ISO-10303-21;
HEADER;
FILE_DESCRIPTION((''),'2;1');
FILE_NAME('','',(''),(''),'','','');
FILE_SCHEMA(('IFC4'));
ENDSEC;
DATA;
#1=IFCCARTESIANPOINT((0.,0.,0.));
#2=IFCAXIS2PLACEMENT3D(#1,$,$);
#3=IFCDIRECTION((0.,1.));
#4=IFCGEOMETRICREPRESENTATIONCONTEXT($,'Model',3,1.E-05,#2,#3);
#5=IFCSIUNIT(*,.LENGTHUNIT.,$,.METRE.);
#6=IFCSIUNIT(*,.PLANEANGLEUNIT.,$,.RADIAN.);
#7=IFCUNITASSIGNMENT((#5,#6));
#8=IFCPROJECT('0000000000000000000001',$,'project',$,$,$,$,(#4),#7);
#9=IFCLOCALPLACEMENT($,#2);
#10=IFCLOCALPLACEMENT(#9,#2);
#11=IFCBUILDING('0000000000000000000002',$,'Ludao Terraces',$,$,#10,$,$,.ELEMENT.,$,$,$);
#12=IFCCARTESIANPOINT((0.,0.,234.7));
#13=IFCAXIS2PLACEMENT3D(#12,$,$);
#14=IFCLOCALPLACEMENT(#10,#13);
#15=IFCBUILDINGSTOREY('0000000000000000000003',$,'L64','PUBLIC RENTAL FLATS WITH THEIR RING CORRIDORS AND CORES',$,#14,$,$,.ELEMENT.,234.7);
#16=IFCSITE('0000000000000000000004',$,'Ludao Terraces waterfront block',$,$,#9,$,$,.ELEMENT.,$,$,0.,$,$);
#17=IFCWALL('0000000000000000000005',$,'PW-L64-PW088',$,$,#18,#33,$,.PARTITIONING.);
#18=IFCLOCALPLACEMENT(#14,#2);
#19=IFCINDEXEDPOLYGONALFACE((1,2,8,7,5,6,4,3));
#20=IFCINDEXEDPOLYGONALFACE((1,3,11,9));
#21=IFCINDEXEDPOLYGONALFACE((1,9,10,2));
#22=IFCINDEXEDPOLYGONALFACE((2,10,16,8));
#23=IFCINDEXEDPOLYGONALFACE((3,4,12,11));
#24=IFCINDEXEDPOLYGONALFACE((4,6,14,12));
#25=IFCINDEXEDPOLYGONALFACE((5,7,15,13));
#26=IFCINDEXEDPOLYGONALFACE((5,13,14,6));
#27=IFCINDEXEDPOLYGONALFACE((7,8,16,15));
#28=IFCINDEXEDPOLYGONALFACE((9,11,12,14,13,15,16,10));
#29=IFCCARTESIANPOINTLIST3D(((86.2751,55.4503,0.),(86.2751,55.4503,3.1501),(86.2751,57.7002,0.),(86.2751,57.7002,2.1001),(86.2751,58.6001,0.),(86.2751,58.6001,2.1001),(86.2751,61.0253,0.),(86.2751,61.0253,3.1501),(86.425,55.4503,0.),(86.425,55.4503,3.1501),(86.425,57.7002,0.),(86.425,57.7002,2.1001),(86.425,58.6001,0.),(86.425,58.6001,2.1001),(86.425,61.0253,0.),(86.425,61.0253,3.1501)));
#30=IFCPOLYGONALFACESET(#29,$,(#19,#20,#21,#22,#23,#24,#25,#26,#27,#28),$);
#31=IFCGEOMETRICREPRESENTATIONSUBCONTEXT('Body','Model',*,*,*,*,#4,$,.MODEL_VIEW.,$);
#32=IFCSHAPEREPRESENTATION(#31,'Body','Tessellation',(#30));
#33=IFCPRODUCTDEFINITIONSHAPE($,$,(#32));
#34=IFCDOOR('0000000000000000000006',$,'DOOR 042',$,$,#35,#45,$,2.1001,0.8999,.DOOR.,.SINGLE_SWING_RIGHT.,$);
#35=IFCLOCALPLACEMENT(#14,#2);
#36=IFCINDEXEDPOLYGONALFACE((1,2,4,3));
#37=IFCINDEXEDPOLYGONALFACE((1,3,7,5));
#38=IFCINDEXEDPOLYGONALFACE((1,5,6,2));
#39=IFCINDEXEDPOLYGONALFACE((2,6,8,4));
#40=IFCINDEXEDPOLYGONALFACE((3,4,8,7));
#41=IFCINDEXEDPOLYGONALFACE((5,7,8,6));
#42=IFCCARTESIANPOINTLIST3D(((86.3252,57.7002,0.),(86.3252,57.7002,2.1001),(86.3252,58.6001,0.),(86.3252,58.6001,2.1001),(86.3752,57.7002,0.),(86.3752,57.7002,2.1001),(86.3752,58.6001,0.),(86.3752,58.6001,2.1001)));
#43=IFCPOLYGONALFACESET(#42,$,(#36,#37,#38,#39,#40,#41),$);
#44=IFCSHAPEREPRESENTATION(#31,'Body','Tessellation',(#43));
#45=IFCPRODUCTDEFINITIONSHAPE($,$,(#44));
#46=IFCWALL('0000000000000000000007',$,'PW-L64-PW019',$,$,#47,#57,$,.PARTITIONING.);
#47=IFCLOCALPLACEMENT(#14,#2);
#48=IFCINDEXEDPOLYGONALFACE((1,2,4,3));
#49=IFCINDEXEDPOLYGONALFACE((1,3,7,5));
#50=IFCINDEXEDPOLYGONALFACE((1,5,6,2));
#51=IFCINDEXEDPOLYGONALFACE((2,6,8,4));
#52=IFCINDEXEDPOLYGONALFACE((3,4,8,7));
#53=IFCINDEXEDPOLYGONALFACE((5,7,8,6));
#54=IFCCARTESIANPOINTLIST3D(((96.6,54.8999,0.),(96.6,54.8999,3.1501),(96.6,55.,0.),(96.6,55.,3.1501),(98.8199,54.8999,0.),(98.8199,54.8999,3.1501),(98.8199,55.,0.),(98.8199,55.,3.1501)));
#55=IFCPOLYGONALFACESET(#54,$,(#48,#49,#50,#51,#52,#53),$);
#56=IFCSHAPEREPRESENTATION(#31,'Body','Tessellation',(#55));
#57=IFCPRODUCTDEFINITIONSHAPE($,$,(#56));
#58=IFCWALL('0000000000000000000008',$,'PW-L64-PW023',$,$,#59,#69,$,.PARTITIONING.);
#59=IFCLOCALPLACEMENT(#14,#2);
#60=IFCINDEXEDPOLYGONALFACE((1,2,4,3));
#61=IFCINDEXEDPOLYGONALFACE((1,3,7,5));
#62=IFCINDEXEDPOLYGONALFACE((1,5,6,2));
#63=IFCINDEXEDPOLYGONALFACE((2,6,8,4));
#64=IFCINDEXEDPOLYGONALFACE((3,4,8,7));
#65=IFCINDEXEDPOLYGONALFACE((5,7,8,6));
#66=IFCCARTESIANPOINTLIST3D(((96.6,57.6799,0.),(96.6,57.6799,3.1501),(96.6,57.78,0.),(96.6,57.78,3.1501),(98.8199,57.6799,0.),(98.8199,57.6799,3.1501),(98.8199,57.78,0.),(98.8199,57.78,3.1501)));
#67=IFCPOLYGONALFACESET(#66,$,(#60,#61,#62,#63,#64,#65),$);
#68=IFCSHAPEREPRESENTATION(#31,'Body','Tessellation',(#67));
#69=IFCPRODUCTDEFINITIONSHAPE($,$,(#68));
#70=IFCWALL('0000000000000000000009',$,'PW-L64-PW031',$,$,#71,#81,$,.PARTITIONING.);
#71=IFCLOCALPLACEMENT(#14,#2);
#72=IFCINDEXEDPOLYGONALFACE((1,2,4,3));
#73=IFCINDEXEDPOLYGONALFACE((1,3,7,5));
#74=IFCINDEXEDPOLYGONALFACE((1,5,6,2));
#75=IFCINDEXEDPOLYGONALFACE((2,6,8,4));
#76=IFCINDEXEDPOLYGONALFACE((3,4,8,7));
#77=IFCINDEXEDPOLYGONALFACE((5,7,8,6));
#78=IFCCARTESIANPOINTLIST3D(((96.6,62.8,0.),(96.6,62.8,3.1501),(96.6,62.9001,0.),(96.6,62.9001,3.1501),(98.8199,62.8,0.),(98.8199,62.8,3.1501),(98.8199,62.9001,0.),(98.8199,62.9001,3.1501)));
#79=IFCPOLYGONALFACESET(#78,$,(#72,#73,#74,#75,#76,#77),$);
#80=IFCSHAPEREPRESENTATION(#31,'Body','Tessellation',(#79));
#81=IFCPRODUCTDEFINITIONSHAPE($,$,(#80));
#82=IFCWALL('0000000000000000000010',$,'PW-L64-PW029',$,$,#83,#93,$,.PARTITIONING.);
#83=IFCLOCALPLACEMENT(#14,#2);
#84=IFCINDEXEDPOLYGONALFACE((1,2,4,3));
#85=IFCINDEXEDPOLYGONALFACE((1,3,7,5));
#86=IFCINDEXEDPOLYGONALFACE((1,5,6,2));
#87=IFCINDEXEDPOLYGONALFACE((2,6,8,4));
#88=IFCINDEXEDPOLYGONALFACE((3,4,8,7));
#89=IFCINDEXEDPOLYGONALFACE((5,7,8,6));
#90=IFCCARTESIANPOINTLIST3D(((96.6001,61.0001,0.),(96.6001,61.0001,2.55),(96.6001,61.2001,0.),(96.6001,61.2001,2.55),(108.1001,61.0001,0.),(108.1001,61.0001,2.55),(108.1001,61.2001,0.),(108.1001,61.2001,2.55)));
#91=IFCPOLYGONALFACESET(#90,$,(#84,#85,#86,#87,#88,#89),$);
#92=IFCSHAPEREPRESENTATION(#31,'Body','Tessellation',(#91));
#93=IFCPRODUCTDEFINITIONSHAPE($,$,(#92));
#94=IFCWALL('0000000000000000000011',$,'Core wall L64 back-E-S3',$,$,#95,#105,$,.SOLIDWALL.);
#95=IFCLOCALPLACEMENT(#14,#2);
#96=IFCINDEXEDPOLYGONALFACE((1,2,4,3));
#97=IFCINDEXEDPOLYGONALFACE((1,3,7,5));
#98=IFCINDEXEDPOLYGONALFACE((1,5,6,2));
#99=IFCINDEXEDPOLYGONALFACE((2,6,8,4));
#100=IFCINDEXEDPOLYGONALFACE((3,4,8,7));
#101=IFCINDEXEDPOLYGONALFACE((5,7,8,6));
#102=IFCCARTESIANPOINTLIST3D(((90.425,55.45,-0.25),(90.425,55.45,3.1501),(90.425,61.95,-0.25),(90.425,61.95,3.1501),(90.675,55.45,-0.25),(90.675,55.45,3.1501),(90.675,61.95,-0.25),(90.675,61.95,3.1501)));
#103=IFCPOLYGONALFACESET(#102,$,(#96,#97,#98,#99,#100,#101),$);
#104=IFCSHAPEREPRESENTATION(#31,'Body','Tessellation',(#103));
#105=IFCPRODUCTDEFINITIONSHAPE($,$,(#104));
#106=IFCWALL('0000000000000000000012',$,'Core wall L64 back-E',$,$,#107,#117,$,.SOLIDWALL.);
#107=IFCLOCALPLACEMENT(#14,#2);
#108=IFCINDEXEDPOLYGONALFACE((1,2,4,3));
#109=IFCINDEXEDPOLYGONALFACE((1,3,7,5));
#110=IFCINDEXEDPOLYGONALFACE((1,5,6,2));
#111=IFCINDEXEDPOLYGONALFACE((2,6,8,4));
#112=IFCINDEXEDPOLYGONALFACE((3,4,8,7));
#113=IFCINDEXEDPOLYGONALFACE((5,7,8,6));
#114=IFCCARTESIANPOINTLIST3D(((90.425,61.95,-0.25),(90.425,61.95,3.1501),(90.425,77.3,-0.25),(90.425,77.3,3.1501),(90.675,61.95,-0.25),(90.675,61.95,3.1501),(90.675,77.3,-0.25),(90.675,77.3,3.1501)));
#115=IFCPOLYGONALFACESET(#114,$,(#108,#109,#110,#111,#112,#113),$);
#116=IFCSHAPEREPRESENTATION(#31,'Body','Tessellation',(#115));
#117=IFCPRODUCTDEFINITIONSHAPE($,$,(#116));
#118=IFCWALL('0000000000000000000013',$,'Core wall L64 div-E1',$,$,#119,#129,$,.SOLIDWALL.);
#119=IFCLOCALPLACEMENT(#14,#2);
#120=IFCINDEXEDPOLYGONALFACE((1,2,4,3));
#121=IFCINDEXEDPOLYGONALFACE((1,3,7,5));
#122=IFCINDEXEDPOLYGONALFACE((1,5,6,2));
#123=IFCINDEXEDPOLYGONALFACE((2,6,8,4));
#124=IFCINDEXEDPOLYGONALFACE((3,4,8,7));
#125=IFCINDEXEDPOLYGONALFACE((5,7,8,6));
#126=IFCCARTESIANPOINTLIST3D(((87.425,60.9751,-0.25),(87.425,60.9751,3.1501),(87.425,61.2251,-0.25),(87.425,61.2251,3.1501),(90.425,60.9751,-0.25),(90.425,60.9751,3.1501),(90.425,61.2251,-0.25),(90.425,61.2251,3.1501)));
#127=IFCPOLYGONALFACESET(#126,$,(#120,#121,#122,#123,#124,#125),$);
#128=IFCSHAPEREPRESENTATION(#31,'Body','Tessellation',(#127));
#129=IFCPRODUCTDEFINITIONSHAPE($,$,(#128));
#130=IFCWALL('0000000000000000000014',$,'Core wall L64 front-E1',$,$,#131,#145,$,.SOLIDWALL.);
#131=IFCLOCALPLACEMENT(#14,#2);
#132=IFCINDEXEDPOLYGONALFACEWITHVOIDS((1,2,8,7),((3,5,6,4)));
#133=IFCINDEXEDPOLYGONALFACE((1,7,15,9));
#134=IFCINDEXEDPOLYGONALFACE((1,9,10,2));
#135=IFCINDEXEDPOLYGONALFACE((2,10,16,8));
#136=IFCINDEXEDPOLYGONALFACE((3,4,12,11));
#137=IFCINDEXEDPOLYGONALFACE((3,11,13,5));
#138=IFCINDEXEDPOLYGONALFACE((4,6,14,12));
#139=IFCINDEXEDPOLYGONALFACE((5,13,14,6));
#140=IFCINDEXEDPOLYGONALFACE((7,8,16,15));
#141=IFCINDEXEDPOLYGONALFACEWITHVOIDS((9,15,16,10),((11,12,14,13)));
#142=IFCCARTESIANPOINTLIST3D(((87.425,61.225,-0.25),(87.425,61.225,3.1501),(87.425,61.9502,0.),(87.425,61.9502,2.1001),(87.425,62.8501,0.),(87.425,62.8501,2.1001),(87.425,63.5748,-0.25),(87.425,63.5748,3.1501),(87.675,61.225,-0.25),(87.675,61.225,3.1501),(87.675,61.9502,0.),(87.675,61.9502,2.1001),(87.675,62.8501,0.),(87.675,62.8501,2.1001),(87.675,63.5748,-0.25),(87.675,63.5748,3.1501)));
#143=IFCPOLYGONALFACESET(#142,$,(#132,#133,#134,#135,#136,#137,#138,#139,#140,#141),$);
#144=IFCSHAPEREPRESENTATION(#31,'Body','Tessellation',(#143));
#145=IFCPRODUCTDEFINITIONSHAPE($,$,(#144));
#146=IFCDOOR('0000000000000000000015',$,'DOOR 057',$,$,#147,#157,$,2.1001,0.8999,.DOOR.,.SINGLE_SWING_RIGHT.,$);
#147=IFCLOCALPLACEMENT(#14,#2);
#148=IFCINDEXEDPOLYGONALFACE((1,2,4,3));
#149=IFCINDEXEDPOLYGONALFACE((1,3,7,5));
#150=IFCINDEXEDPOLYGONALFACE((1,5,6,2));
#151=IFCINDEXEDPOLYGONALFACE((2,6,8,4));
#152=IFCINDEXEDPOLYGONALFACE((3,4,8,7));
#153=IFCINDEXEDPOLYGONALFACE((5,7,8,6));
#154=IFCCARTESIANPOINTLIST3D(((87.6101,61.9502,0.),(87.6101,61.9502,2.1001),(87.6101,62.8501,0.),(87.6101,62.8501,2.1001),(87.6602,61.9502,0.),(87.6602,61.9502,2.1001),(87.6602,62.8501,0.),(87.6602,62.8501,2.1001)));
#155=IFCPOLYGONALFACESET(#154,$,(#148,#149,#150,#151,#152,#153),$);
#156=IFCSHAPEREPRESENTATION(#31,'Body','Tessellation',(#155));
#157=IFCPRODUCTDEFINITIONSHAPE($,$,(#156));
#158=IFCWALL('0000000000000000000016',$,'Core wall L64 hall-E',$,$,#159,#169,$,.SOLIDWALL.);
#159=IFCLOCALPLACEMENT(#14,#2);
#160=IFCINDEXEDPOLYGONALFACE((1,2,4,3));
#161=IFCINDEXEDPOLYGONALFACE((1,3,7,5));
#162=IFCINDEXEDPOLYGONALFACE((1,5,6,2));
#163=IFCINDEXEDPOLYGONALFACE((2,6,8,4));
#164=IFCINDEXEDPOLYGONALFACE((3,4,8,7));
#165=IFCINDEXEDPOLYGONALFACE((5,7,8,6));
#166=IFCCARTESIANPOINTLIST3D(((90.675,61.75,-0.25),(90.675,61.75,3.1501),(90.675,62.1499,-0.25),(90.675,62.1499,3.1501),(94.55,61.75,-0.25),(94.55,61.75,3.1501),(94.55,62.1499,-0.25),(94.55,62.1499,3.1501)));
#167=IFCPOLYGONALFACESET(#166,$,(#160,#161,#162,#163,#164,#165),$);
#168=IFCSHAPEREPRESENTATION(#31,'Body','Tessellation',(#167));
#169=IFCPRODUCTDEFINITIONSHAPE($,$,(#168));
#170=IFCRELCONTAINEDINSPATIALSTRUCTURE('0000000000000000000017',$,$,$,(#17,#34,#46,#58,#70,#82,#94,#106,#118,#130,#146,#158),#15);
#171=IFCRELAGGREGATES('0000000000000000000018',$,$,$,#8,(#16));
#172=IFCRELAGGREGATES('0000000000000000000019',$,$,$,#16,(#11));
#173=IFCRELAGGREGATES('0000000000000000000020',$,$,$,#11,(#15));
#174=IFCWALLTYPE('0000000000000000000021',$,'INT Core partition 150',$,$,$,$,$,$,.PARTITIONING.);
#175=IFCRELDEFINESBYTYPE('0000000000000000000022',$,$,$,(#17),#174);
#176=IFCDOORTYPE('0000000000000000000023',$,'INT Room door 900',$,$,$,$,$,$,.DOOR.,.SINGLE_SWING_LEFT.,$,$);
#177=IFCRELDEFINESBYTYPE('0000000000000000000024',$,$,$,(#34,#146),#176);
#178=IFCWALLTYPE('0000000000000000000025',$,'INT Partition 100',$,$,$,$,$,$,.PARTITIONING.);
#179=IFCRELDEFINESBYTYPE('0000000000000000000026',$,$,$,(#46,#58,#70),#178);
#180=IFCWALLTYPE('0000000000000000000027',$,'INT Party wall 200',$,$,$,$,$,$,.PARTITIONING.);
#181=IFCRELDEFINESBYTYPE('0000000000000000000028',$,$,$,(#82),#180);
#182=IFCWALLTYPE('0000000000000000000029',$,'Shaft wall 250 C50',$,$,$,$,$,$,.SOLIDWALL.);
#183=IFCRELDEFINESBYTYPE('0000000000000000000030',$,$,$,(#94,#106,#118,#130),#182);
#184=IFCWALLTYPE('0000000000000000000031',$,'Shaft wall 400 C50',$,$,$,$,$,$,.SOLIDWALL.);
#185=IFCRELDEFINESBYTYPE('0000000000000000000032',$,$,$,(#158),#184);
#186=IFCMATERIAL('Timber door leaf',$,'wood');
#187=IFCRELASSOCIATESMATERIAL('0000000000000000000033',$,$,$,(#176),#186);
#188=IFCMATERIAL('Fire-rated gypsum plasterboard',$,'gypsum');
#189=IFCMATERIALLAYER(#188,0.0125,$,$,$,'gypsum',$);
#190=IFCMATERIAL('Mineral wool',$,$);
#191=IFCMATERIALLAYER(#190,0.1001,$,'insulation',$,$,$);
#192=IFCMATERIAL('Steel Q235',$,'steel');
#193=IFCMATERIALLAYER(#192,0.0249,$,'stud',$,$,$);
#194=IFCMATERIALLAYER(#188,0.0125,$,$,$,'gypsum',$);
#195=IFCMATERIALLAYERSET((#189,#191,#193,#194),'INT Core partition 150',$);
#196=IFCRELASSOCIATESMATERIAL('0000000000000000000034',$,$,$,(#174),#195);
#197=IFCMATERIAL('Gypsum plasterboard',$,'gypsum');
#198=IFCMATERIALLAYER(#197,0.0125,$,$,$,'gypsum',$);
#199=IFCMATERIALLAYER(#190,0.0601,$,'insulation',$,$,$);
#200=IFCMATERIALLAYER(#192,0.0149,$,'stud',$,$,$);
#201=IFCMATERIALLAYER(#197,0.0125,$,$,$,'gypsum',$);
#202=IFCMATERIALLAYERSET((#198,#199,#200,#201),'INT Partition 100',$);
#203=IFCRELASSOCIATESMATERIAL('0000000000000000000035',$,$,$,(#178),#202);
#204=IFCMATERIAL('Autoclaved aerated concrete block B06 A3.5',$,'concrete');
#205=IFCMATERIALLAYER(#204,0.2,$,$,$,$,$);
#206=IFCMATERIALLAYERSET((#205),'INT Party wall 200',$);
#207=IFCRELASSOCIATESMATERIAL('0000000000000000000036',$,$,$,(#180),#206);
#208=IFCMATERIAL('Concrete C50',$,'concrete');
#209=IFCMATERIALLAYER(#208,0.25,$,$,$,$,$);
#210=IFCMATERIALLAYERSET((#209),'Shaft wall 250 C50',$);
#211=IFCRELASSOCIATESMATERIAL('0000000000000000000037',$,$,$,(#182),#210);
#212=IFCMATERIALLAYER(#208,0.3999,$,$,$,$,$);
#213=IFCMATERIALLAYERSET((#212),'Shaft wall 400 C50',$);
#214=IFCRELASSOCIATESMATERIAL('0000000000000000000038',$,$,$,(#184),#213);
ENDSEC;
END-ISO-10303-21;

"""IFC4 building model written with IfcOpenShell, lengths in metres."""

from ifc_helpers import new_model, si_unit, direction, frame, frame_2d, origin, place, context, subcontext, project, spatial, rectangle, extrude, material, layer, layer_set, type_object, element, fill, save


model = new_model("IFC4")

# Units and contexts
model_context = context("Model", 3, precision=1e-05, world=origin(), true_north=direction((0.0, 1.0)))
body_context = subcontext(model_context, "Body", "Model", "MODEL_VIEW")
ifc_project = project(units=[si_unit("LENGTHUNIT", "METRE"), si_unit("PLANEANGLEUNIT", "RADIAN")], contexts=[model_context])

# Site, building, storey
site_placement = place(None, origin())
site = spatial("IfcSite", under=ifc_project, at=site_placement, Name="Ludao Terraces waterfront block", CompositionType="ELEMENT", RefElevation=0.0)
building_placement = place(site_placement, origin())
building = spatial("IfcBuilding", under=site, at=building_placement, Name="Ludao Terraces", CompositionType="ELEMENT")
storey_placement = place(building_placement, frame((0.0, 0.0, 234.7)))
storey = spatial("IfcBuildingStorey", under=building, at=storey_placement, Name="L64", Description="PUBLIC RENTAL FLATS WITH THEIR RING CORRIDORS AND CORES", CompositionType="ELEMENT", Elevation=234.7)

# Shared definitions
ifc_material_1 = material(Name="Concrete C50", Category="concrete")
ifc_material_2 = material(Name="Steel Q235", Category="steel")

# Shared definitions
ifc_material_3 = material(Name="Timber door leaf", Category="wood")
door_type_1 = type_object("IfcDoorType", Name="INT Room door 900", OperationType="SINGLE_SWING_LEFT", PredefinedType="DOOR", material=ifc_material_3)

# Wall, opening, door
ifc_material_4 = material(Name="Fire-rated gypsum plasterboard", Category="gypsum")
ifc_layer_1 = layer(ifc_material_4, 0.0125, Category="gypsum")
ifc_material_5 = material(Name="Mineral wool")
ifc_layer_2 = layer(ifc_material_5, 0.1001, Name="insulation")
ifc_layer_3 = layer(ifc_material_2, 0.0249, Name="stud")
ifc_layer_4 = layer(ifc_material_4, 0.0125, Category="gypsum")
ifc_layer_set_1 = layer_set([ifc_layer_1, ifc_layer_2, ifc_layer_3, ifc_layer_4], Name="INT Core partition 150")
wall_type_1 = type_object("IfcWallType", Name="INT Core partition 150", PredefinedType="PARTITIONING", material=ifc_layer_set_1)
wall_1_placement = place(storey_placement, frame((86.3501, 55.4502, 0.0), z_axis=(0.0, 0.0, 1.0), x_axis=(0.0, 1.0, 0.0)))
wall_1 = element("IfcWall", 1, at=wall_1_placement, inside=storey, type_object=wall_type_1, Name="PW-L64-PW088", PredefinedType="PARTITIONING", context=body_context, shape_type="SweptSolid", body=[
    extrude(rectangle(XDim=5.575, YDim=0.1499, at=frame_2d((2.7876, 0.0))), origin(), (0.0, 0.0, 1.0), 3.1501),
])
opening_1_placement = place(wall_1_placement, frame((2.25, 0.0, 0.0)))
opening_1 = element("IfcOpeningElement", 2, at=opening_1_placement, cuts=wall_1, PredefinedType="OPENING", context=body_context, shape_type="SweptSolid", body=[
    extrude(rectangle(XDim=0.8999, YDim=2.1001, at=frame_2d((0.45, 1.05))), frame((0.0, 0.085, 0.0), z_axis=(0.0, -1.0, 0.0), x_axis=(1.0, 0.0, 0.0)), (0.0, 0.0, 1.0), 0.1699),
])
door_1_placement = place(opening_1_placement, origin())
door_1 = element("IfcDoor", 3, at=door_1_placement, inside=storey, type_object=door_type_1, Name="DOOR 042", OperationType="SINGLE_SWING_RIGHT", OverallHeight=2.1001, OverallWidth=0.8999, PredefinedType="DOOR", context=body_context, shape_type="SweptSolid", body=[
    extrude(rectangle(XDim=0.8999, YDim=2.1001, at=frame_2d((0.45, 1.05))), frame((0.0, 0.0249, 0.0), z_axis=(0.0, -1.0, 0.0), x_axis=(1.0, 0.0, 0.0)), (0.0, 0.0, 1.0), 0.05),
])
fill(opening_1, door_1)

# Walls
ifc_material_6 = material(Name="Gypsum plasterboard", Category="gypsum")
ifc_layer_5 = layer(ifc_material_6, 0.0125, Category="gypsum")
ifc_layer_6 = layer(ifc_material_5, 0.0601, Name="insulation")
ifc_layer_7 = layer(ifc_material_2, 0.0149, Name="stud")
ifc_layer_8 = layer(ifc_material_6, 0.0125, Category="gypsum")
ifc_layer_set_2 = layer_set([ifc_layer_5, ifc_layer_6, ifc_layer_7, ifc_layer_8], Name="INT Partition 100")
wall_type_2 = type_object("IfcWallType", Name="INT Partition 100", PredefinedType="PARTITIONING", material=ifc_layer_set_2)
for number, where, z_axis, x_axis, name in (
    (4, (96.6001, 54.95, 0.0), (0.0, 0.0, 1.0), (1.0, 0.0, 0.0), "PW-L64-PW019"),
    (5, (96.6001, 57.73, 0.0), (0.0, 0.0, 1.0), (1.0, 0.0, 0.0), "PW-L64-PW023"),
    (6, (96.6001, 62.8501, 0.0), (0.0, 0.0, 1.0), (1.0, 0.0, 0.0), "PW-L64-PW031"),
):
    element("IfcWall", number, at=place(storey_placement, frame(where, z_axis=z_axis, x_axis=x_axis)), inside=storey, type_object=wall_type_2, Name=name, PredefinedType="PARTITIONING", context=body_context, shape_type="SweptSolid", body=[
        extrude(rectangle(XDim=2.22, YDim=0.1001, at=frame_2d((1.1099, 0.0))), origin(), (0.0, 0.0, 1.0), 3.1501),
    ])
ifc_material_7 = material(Name="Autoclaved aerated concrete block B06 A3.5", Category="concrete")
ifc_layer_9 = layer(ifc_material_7, 0.2)
ifc_layer_set_3 = layer_set([ifc_layer_9], Name="INT Party wall 200")
wall_type_3 = type_object("IfcWallType", Name="INT Party wall 200", PredefinedType="PARTITIONING", material=ifc_layer_set_3)
wall_2_placement = place(storey_placement, frame((96.6001, 61.1001, 0.0), z_axis=(0.0, 0.0, 1.0), x_axis=(1.0, 0.0, 0.0)))
element("IfcWall", 7, at=wall_2_placement, inside=storey, type_object=wall_type_3, Name="PW-L64-PW029", PredefinedType="PARTITIONING", context=body_context, shape_type="SweptSolid", body=[
    extrude(rectangle(XDim=11.5, YDim=0.2, at=frame_2d((5.75, 0.0))), origin(), (0.0, 0.0, 1.0), 2.55),
])
ifc_layer_10 = layer(ifc_material_1, 0.25)
ifc_layer_set_4 = layer_set([ifc_layer_10], Name="Shaft wall 250 C50")
wall_type_4 = type_object("IfcWallType", Name="Shaft wall 250 C50", PredefinedType="SOLIDWALL", material=ifc_layer_set_4)
wall_3_placement = place(storey_placement, frame((90.55, 55.45, -0.25), z_axis=(0.0, 0.0, 1.0), x_axis=(0.0, 1.0, 0.0)))
element("IfcWall", 8, at=wall_3_placement, inside=storey, type_object=wall_type_4, Name="Core wall L64 back-E-S3", PredefinedType="SOLIDWALL", context=body_context, shape_type="SweptSolid", body=[
    extrude(rectangle(XDim=6.5, YDim=0.25, at=frame_2d((3.25, 0.0))), origin(), (0.0, 0.0, 1.0), 3.4001),
])
wall_4_placement = place(storey_placement, frame((90.55, 61.95, -0.25), z_axis=(0.0, 0.0, 1.0), x_axis=(0.0, 1.0, 0.0)))
element("IfcWall", 9, at=wall_4_placement, inside=storey, type_object=wall_type_4, Name="Core wall L64 back-E", PredefinedType="SOLIDWALL", context=body_context, shape_type="SweptSolid", body=[
    extrude(rectangle(XDim=15.3501, YDim=0.25, at=frame_2d((7.675, 0.0))), origin(), (0.0, 0.0, 1.0), 3.4001),
])
wall_5_placement = place(storey_placement, frame((87.425, 61.1001, -0.25), z_axis=(0.0, 0.0, 1.0), x_axis=(1.0, 0.0, 0.0)))
element("IfcWall", 10, at=wall_5_placement, inside=storey, type_object=wall_type_4, Name="Core wall L64 div-E1", PredefinedType="SOLIDWALL", context=body_context, shape_type="SweptSolid", body=[
    extrude(rectangle(XDim=3.0, YDim=0.25, at=frame_2d((1.5, 0.0))), origin(), (0.0, 0.0, 1.0), 3.4001),
])

# Wall, opening, door
wall_6_placement = place(storey_placement, frame((87.55, 61.2251, -0.25), z_axis=(0.0, 0.0, 1.0), x_axis=(0.0, 1.0, 0.0)))
wall_6 = element("IfcWall", 11, at=wall_6_placement, inside=storey, type_object=wall_type_4, Name="Core wall L64 front-E1", PredefinedType="SOLIDWALL", context=body_context, shape_type="SweptSolid", body=[
    extrude(rectangle(XDim=2.3499, YDim=0.25, at=frame_2d((1.1748, 0.0))), origin(), (0.0, 0.0, 1.0), 3.4001),
])
opening_2_placement = place(wall_6_placement, frame((0.7251, 0.0, 0.25)))
opening_2 = element("IfcOpeningElement", 12, at=opening_2_placement, cuts=wall_6, PredefinedType="OPENING", context=body_context, shape_type="SweptSolid", body=[
    extrude(rectangle(XDim=0.8999, YDim=2.1001, at=frame_2d((0.45, 1.05))), frame((0.0, 0.135, 0.0), z_axis=(0.0, -1.0, 0.0), x_axis=(1.0, 0.0, 0.0)), (0.0, 0.0, 1.0), 0.27),
])
door_2_placement = place(opening_2_placement, origin())
door_2 = element("IfcDoor", 13, at=door_2_placement, inside=storey, type_object=door_type_1, Name="DOOR 057", OperationType="SINGLE_SWING_RIGHT", OverallHeight=2.1001, OverallWidth=0.8999, PredefinedType="DOOR", context=body_context, shape_type="SweptSolid", body=[
    extrude(rectangle(XDim=0.8999, YDim=2.1001, at=frame_2d((0.45, 1.05))), frame((0.0, -0.0601, 0.0), z_axis=(0.0, -1.0, 0.0), x_axis=(1.0, 0.0, 0.0)), (0.0, 0.0, 1.0), 0.05),
])
fill(opening_2, door_2)

# Wall
ifc_layer_11 = layer(ifc_material_1, 0.3999)
ifc_layer_set_5 = layer_set([ifc_layer_11], Name="Shaft wall 400 C50")
wall_type_5 = type_object("IfcWallType", Name="Shaft wall 400 C50", PredefinedType="SOLIDWALL", material=ifc_layer_set_5)
wall_7_placement = place(storey_placement, frame((90.675, 61.95, -0.25), z_axis=(0.0, 0.0, 1.0), x_axis=(1.0, 0.0, 0.0)))
element("IfcWall", 14, at=wall_7_placement, inside=storey, type_object=wall_type_5, Name="Core wall L64 hall-E", PredefinedType="SOLIDWALL", context=body_context, shape_type="SweptSolid", body=[
    extrude(rectangle(XDim=3.875, YDim=0.3999, at=frame_2d((1.9375, 0.0))), origin(), (0.0, 0.0, 1.0), 3.4001),
])

save(model, "model.ifc")
